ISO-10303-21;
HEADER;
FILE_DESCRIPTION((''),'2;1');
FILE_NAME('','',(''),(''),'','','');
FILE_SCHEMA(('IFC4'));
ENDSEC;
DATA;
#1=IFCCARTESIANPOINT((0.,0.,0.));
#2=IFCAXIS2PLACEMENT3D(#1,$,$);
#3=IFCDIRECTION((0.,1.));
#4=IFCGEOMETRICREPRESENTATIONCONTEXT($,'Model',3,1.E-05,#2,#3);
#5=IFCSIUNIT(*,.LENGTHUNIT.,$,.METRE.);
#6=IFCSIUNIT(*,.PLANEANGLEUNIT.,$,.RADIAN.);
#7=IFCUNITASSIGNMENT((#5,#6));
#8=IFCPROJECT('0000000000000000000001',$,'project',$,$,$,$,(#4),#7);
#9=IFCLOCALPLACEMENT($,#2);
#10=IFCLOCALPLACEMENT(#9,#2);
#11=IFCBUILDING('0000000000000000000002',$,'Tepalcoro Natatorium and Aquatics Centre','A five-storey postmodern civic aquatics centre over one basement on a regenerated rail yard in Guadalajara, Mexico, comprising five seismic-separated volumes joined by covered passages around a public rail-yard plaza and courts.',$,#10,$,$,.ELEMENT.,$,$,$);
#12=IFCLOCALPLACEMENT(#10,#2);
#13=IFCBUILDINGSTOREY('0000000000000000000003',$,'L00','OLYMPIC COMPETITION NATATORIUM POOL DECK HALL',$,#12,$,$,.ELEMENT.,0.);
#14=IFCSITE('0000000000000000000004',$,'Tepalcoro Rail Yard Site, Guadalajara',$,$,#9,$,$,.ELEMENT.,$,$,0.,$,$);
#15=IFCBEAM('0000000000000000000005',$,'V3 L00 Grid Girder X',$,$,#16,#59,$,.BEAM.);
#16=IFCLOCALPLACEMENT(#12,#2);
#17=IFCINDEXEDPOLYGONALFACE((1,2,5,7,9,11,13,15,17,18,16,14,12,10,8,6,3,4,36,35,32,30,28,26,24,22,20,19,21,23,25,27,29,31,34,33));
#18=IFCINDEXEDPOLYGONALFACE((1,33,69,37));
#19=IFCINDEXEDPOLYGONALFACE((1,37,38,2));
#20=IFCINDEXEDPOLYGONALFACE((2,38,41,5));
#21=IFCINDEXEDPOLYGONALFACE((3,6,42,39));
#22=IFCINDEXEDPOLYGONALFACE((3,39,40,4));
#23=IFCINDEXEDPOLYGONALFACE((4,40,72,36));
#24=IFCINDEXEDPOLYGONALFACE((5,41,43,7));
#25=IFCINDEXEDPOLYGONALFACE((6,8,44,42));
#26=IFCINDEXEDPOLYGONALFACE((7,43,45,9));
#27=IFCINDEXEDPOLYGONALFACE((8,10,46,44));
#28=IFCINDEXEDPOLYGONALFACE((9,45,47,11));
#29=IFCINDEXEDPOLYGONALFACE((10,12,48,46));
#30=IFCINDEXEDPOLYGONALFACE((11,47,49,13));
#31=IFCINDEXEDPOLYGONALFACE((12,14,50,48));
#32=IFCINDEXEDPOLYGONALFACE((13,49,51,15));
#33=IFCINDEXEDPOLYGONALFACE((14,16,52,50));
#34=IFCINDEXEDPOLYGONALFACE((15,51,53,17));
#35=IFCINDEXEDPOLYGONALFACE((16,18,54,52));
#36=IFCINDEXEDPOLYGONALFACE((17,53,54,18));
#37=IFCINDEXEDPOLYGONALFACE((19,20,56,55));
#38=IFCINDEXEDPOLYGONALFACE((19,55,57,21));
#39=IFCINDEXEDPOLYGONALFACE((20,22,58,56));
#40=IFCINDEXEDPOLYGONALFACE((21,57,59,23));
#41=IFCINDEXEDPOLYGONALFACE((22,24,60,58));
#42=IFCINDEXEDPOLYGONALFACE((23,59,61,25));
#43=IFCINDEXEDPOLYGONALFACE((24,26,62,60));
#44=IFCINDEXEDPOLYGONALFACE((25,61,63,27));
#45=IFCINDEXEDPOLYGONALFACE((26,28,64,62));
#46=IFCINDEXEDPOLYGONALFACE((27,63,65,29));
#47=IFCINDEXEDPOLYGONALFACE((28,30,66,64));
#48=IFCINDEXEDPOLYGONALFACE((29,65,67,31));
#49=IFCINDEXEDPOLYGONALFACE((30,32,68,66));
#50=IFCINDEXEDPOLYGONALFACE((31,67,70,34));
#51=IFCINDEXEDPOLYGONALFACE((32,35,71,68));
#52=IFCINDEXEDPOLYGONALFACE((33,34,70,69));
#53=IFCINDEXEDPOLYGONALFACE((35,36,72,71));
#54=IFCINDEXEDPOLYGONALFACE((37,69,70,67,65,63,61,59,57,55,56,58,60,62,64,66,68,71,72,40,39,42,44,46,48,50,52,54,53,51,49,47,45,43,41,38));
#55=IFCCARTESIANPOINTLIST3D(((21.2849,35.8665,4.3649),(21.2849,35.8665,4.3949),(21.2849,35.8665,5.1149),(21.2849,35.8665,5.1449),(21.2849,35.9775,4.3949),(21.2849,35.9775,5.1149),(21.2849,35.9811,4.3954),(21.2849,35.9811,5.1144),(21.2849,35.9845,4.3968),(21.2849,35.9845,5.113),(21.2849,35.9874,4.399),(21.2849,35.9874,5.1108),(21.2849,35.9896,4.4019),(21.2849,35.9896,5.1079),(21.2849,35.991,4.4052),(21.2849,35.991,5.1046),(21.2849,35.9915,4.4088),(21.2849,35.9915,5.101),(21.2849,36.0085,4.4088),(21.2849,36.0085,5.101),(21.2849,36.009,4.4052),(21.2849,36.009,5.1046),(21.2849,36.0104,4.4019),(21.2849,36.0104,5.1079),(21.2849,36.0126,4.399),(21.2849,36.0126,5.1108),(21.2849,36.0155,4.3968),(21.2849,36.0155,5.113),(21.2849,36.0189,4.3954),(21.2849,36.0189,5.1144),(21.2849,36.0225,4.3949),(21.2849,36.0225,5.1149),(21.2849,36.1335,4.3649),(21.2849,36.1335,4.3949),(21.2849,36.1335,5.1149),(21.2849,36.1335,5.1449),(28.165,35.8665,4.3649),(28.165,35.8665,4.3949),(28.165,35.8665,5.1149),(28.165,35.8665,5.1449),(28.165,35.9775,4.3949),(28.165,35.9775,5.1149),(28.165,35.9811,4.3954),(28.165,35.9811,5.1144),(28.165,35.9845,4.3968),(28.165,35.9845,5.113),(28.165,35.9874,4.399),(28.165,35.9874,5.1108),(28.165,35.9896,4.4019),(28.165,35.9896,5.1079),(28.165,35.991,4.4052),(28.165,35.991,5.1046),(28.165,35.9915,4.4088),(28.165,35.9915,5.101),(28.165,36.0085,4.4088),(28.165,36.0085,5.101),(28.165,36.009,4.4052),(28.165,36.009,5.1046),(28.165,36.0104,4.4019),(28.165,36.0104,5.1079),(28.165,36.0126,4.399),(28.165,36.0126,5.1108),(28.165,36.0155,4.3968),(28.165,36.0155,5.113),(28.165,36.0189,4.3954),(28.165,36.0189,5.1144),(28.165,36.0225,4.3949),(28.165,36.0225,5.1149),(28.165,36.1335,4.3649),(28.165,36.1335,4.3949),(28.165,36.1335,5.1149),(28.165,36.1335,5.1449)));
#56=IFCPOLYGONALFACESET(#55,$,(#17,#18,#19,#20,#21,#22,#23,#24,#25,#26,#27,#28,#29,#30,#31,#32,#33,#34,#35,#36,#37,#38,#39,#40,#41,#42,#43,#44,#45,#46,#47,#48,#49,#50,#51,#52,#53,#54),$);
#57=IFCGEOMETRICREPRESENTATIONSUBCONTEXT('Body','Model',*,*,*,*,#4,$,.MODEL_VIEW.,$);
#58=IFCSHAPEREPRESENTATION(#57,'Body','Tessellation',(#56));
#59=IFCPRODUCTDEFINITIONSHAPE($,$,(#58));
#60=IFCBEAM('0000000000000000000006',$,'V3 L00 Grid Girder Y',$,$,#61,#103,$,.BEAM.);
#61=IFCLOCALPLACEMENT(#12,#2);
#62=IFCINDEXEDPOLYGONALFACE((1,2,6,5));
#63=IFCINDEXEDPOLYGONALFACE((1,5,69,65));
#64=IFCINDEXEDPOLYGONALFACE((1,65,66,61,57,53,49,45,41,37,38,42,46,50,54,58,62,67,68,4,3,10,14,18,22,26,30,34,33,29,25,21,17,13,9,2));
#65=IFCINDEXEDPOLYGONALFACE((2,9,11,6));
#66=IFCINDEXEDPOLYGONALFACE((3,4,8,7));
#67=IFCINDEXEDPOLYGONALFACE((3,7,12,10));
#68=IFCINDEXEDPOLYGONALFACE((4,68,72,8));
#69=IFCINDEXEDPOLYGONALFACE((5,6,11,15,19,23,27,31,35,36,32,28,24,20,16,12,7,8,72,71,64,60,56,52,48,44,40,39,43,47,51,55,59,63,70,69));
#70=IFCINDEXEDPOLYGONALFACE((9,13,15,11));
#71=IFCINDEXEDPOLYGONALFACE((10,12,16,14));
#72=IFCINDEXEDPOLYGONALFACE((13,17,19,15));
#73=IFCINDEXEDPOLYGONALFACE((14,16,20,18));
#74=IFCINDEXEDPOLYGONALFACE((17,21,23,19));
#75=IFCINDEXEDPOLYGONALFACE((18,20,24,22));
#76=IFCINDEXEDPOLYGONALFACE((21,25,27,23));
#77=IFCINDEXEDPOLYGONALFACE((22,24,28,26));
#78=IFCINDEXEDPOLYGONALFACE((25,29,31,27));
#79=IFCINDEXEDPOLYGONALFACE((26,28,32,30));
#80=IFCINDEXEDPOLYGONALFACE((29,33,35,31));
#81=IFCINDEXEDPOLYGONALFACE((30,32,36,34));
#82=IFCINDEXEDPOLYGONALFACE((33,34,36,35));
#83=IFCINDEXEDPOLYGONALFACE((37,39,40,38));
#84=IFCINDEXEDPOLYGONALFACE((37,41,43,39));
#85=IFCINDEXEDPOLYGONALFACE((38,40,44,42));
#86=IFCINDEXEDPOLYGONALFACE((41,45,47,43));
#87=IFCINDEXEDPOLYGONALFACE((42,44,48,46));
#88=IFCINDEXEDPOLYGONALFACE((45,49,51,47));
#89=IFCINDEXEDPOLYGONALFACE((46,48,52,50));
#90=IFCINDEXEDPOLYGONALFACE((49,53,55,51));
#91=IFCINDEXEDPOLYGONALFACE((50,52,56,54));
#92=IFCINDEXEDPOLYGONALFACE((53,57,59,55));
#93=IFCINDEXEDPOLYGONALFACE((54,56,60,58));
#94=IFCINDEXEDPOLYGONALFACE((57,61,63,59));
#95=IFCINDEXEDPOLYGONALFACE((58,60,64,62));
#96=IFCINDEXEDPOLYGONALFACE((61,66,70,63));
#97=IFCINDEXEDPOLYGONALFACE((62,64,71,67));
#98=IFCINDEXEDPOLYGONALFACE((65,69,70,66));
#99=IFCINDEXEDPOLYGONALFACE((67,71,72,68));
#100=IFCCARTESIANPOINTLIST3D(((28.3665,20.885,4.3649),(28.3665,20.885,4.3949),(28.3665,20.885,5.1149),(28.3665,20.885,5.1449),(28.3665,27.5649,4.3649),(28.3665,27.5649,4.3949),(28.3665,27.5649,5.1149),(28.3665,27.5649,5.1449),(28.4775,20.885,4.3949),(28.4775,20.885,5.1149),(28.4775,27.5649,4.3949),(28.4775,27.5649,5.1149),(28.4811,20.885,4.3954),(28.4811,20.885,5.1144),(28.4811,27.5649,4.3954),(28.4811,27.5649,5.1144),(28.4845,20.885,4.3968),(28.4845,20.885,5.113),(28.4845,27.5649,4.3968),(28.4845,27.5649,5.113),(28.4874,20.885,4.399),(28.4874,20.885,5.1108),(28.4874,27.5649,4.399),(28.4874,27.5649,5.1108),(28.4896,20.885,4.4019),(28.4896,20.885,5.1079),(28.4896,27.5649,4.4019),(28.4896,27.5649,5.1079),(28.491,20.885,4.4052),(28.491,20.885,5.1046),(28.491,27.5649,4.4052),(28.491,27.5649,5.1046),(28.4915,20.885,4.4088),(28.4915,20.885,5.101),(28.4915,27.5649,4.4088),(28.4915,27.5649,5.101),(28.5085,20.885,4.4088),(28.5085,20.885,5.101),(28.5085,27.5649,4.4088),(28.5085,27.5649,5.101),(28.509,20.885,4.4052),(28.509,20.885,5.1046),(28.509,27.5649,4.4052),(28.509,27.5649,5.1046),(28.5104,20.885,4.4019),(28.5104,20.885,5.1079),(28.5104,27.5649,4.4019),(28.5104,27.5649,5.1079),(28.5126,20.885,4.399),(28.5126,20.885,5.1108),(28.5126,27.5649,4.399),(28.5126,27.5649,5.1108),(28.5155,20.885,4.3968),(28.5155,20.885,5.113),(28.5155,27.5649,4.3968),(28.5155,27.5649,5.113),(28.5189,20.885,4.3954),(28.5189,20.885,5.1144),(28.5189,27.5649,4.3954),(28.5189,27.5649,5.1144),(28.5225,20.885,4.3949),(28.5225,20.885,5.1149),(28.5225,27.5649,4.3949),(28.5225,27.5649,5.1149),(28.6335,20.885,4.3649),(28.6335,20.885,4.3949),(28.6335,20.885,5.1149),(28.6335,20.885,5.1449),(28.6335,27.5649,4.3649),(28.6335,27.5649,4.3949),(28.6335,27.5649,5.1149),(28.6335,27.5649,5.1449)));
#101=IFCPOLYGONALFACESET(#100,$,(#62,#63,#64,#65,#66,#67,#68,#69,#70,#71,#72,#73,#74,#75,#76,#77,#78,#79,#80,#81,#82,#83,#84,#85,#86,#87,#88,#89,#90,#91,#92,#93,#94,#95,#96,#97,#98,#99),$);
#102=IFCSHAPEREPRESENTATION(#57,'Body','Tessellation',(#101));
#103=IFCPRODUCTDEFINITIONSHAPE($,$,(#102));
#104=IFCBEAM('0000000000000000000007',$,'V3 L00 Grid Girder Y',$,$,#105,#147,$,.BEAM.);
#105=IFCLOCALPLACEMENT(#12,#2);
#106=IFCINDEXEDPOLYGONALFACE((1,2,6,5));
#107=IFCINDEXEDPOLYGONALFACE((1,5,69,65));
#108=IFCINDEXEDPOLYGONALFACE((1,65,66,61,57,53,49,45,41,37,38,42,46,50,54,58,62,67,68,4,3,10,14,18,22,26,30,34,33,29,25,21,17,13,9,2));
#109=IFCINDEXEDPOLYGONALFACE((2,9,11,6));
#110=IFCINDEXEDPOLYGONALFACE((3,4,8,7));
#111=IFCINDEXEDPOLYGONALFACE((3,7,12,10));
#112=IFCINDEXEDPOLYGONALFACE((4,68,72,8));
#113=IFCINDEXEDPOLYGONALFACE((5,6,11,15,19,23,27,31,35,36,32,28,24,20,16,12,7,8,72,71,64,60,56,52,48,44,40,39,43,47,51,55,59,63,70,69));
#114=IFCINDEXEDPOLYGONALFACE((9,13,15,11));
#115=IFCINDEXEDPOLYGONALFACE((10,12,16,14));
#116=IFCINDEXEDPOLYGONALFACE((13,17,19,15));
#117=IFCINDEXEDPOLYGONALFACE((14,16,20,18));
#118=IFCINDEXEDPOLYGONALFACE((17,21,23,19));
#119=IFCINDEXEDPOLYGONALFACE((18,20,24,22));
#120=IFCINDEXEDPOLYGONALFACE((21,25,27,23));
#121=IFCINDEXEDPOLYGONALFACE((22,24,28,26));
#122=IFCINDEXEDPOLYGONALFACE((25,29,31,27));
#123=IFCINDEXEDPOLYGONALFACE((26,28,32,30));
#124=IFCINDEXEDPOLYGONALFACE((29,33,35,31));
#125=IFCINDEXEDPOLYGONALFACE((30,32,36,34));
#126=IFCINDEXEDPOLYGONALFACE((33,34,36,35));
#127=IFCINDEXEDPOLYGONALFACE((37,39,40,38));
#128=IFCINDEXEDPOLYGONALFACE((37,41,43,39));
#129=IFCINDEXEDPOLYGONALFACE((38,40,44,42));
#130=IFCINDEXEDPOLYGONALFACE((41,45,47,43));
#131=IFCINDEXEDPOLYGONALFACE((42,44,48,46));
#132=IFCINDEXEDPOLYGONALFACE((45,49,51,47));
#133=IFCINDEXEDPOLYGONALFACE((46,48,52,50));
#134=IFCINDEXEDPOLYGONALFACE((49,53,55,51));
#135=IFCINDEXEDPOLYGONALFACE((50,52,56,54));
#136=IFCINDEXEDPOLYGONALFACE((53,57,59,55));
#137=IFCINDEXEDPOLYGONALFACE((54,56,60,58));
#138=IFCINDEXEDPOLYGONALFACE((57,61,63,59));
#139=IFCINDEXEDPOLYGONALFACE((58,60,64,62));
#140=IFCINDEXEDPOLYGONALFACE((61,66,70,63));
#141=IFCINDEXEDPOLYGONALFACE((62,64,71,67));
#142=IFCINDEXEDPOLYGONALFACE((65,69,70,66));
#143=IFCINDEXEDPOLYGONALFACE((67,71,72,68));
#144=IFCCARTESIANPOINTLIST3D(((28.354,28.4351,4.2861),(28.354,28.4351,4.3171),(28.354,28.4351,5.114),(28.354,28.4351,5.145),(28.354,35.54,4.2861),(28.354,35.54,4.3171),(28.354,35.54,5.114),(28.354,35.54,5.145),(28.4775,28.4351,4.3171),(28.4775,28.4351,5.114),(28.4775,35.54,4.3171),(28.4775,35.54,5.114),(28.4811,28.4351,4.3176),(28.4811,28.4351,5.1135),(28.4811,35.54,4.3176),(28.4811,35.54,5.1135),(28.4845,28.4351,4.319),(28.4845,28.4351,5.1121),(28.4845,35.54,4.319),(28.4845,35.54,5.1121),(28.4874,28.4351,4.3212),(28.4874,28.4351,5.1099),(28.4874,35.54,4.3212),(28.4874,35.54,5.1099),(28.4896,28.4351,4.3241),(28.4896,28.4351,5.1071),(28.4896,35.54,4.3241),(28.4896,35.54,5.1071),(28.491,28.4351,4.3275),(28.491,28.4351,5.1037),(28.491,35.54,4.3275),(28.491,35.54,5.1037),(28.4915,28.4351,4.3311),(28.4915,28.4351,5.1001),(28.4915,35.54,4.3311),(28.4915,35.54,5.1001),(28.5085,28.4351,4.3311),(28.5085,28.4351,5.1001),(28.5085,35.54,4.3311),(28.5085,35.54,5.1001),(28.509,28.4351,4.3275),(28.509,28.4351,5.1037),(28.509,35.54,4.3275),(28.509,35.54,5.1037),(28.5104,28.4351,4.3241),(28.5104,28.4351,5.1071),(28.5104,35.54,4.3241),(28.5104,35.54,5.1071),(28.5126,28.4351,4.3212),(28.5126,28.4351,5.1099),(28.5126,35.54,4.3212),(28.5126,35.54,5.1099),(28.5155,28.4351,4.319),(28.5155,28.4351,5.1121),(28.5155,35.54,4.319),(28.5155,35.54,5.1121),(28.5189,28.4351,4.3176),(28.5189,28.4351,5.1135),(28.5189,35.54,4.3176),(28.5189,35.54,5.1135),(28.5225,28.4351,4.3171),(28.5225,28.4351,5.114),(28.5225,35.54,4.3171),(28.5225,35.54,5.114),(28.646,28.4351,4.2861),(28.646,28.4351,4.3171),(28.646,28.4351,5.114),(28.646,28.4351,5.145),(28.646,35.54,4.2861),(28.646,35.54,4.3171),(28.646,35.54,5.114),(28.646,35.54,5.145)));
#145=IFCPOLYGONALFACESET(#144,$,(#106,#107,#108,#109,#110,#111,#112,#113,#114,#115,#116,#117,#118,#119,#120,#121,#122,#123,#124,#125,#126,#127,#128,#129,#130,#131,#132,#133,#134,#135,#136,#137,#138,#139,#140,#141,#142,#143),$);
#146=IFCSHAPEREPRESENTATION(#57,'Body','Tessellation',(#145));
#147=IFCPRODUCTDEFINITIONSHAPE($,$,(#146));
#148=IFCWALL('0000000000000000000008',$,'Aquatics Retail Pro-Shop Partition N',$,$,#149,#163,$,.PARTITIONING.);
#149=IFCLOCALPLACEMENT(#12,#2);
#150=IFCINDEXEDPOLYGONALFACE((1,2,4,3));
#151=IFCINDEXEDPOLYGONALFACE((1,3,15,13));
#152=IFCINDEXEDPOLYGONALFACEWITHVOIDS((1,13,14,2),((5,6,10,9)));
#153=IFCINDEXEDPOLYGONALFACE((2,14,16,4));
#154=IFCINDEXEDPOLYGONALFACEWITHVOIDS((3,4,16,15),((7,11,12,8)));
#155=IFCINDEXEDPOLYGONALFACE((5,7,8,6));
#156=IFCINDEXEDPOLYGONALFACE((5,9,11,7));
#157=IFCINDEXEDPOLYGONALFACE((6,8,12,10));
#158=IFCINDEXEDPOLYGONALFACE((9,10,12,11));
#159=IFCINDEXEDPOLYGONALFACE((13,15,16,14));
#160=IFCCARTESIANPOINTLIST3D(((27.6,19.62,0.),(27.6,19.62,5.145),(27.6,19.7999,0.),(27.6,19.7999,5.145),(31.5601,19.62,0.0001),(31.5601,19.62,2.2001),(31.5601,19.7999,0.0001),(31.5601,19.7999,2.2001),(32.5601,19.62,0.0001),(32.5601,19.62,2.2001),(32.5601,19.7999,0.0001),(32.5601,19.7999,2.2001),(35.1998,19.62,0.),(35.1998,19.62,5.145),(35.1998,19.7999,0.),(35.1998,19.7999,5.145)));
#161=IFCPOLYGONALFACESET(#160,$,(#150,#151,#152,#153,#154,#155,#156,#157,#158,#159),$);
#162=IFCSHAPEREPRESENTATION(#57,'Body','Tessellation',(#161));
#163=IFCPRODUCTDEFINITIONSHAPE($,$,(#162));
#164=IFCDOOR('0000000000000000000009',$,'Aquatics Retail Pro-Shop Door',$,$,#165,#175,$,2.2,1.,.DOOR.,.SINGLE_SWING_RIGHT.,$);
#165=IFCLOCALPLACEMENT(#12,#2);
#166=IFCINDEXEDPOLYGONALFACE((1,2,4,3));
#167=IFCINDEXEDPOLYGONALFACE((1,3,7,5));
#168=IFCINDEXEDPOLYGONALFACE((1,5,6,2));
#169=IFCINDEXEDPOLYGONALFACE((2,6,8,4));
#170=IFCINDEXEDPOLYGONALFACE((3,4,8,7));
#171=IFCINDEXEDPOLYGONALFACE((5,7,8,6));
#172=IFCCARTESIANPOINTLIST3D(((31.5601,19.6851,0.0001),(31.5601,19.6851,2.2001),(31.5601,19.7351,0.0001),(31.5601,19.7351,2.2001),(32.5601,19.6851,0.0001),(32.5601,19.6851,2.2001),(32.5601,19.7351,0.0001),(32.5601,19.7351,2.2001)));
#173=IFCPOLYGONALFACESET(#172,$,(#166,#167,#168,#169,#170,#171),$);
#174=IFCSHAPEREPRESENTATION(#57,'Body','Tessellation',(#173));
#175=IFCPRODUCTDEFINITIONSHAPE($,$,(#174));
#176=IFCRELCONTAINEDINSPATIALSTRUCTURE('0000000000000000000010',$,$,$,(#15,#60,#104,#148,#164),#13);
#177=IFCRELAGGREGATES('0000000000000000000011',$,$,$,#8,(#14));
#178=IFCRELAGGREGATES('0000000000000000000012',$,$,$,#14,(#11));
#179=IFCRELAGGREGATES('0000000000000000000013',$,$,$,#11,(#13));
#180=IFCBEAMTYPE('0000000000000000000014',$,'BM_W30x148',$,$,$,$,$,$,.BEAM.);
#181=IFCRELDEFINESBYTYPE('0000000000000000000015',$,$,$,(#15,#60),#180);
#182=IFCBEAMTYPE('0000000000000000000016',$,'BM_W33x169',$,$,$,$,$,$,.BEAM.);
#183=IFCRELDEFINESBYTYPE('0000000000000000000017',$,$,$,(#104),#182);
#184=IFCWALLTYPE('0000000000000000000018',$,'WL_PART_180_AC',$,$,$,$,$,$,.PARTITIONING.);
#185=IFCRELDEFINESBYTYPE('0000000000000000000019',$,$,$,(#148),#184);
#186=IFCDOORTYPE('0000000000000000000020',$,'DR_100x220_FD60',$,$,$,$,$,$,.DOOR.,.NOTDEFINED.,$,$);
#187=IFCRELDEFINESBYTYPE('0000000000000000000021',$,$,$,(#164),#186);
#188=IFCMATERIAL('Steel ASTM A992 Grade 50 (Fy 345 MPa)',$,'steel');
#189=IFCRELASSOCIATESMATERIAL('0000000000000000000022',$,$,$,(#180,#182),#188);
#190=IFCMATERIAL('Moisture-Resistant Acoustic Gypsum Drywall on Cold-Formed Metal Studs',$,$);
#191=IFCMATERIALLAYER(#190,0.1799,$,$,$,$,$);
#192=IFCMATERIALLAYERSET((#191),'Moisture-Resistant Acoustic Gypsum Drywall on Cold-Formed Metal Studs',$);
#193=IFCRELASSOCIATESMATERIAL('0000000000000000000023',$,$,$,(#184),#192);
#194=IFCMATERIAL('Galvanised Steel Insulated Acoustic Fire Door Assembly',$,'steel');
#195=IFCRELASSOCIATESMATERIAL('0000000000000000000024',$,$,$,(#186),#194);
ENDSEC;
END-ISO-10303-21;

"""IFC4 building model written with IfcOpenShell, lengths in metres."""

from ifc_helpers import new_model, si_unit, direction, frame, frame_2d, origin, origin_2d, place, context, subcontext, project, spatial, rectangle, i_section, extrude, material, layer, layer_set, material_profile, profile_set, type_object, element, fill, save


model = new_model("IFC4")

# Units and contexts
model_context = context("Model", 3, precision=1e-05, world=origin(), true_north=direction((0.0, 1.0)))
body_context = subcontext(model_context, "Body", "Model", "MODEL_VIEW")
ifc_project = project(units=[si_unit("LENGTHUNIT", "METRE"), si_unit("PLANEANGLEUNIT", "RADIAN")], contexts=[model_context])

# Site, building, storey
site_placement = place(None, origin())
site = spatial("IfcSite", under=ifc_project, at=site_placement, Name="Tepalcoro Rail Yard Site, Guadalajara", CompositionType="ELEMENT", RefElevation=0.0)
building_placement = place(site_placement, origin())
building = spatial("IfcBuilding", under=site, at=building_placement, Name="Tepalcoro Natatorium and Aquatics Centre", Description="A five-storey postmodern civic aquatics centre over one basement on a regenerated rail yard in Guadalajara, Mexico, comprising five seismic-separated volumes joined by covered passages around a public rail-yard plaza and courts.", CompositionType="ELEMENT")
storey_placement = place(building_placement, origin())
storey = spatial("IfcBuildingStorey", under=building, at=storey_placement, Name="L00", Description="OLYMPIC COMPETITION NATATORIUM POOL DECK HALL", CompositionType="ELEMENT", Elevation=0.0)

# Beams
ifc_material_1 = material(Name="Steel ASTM A992 Grade 50 (Fy 345 MPa)", Category="steel")
ifc_material_profile_1 = material_profile(ifc_material_1, i_section(OverallWidth=0.2671, OverallDepth=0.78, WebThickness=0.0171, FlangeThickness=0.03, FilletRadius=0.0139, at=origin_2d()), Name="W30X148")
ifc_profile_set_1 = profile_set([ifc_material_profile_1], Name="Steel ASTM A992 Grade 50 (Fy 345 MPa)")
beam_type_1 = type_object("IfcBeamType", Name="BM_W30x148", PredefinedType="BEAM", material=ifc_profile_set_1)
beam_1_placement = place(storey_placement, frame((21.2849, 36.0, 4.7549), z_axis=(1.0, 0.0, 0.0), x_axis=(0.0, 1.0, 0.0)))
element("IfcBeam", 1, at=beam_1_placement, inside=storey, type_object=beam_type_1, Name="V3 L00 Grid Girder X", PredefinedType="BEAM", context=body_context, shape_type="SweptSolid", body=[
    extrude(i_section(OverallWidth=0.2671, OverallDepth=0.78, WebThickness=0.0171, FlangeThickness=0.03, FilletRadius=0.0139, at=origin_2d()), origin(), (0.0, 0.0, 1.0), 6.8801),
])
beam_2_placement = place(storey_placement, frame((28.5, 20.885, 4.7549), z_axis=(0.0, 1.0, 0.0), x_axis=(-1.0, 0.0, 0.0)))
element("IfcBeam", 2, at=beam_2_placement, inside=storey, type_object=beam_type_1, Name="V3 L00 Grid Girder Y", PredefinedType="BEAM", context=body_context, shape_type="SweptSolid", body=[
    extrude(i_section(OverallWidth=0.2671, OverallDepth=0.78, WebThickness=0.0171, FlangeThickness=0.03, FilletRadius=0.0139, at=origin_2d()), origin(), (0.0, 0.0, 1.0), 6.6799),
])
ifc_material_profile_2 = material_profile(ifc_material_1, i_section(OverallWidth=0.292, OverallDepth=0.8589, WebThickness=0.0171, FlangeThickness=0.031, FilletRadius=0.0139, at=origin_2d()), Name="W33X169")
ifc_profile_set_2 = profile_set([ifc_material_profile_2], Name="Steel ASTM A992 Grade 50 (Fy 345 MPa)")
beam_type_2 = type_object("IfcBeamType", Name="BM_W33x169", PredefinedType="BEAM", material=ifc_profile_set_2)
beam_3_placement = place(storey_placement, frame((28.5, 28.4351, 4.7156), z_axis=(0.0, 1.0, 0.0), x_axis=(-1.0, 0.0, 0.0)))
element("IfcBeam", 3, at=beam_3_placement, inside=storey, type_object=beam_type_2, Name="V3 L00 Grid Girder Y", PredefinedType="BEAM", context=body_context, shape_type="SweptSolid", body=[
    extrude(i_section(OverallWidth=0.292, OverallDepth=0.8589, WebThickness=0.0171, FlangeThickness=0.031, FilletRadius=0.0139, at=origin_2d()), origin(), (0.0, 0.0, 1.0), 7.105),
])

# Wall, opening, door
ifc_material_2 = material(Name="Moisture-Resistant Acoustic Gypsum Drywall on Cold-Formed Metal Studs")
ifc_layer_1 = layer(ifc_material_2, 0.1799)
ifc_layer_set_1 = layer_set([ifc_layer_1], Name="Moisture-Resistant Acoustic Gypsum Drywall on Cold-Formed Metal Studs")
wall_type = type_object("IfcWallType", Name="WL_PART_180_AC", PredefinedType="PARTITIONING", material=ifc_layer_set_1)
wall_placement = place(storey_placement, frame((27.6001, 19.71, 0.0), z_axis=(0.0, 0.0, 1.0), x_axis=(1.0, 0.0, 0.0)))
wall = element("IfcWall", 4, at=wall_placement, inside=storey, type_object=wall_type, Name="Aquatics Retail Pro-Shop Partition N", PredefinedType="PARTITIONING", context=body_context, shape_type="SweptSolid", body=[
    extrude(rectangle(XDim=7.5999, YDim=0.1799, at=frame_2d((3.7998, 0.0))), origin(), (0.0, 0.0, 1.0), 5.145),
])
opening_placement = place(wall_placement, frame((3.96, 0.0, 0.0)))
opening = element("IfcOpeningElement", 5, at=opening_placement, cuts=wall, PredefinedType="OPENING", context=body_context, shape_type="SweptSolid", body=[
    extrude(rectangle(XDim=1.0, YDim=2.2, at=frame_2d((0.5, 1.1001))), frame((0.0, 0.1021, 0.0), z_axis=(0.0, -1.0, 0.0), x_axis=(1.0, 0.0, 0.0)), (0.0, 0.0, 1.0), 0.2039),
])
ifc_material_3 = material(Name="Galvanised Steel Insulated Acoustic Fire Door Assembly", Category="steel")
door_type = type_object("IfcDoorType", Name="DR_100x220_FD60", OperationType="NOTDEFINED", PredefinedType="DOOR", material=ifc_material_3)
door_placement = place(opening_placement, frame((1.0, 0.0, 0.0), z_axis=(0.0, 0.0, 1.0), x_axis=(-1.0, 0.0, 0.0)))
door = element("IfcDoor", 6, at=door_placement, inside=storey, type_object=door_type, Name="Aquatics Retail Pro-Shop Door", OperationType="SINGLE_SWING_RIGHT", OverallHeight=2.2, OverallWidth=1.0, PredefinedType="DOOR", context=body_context, shape_type="SweptSolid", body=[
    extrude(rectangle(XDim=1.0, YDim=2.2, at=frame_2d((0.5, 1.1001))), frame((0.0, 0.0249, 0.0), z_axis=(0.0, -1.0, 0.0), x_axis=(1.0, 0.0, 0.0)), (0.0, 0.0, 1.0), 0.05),
])
fill(opening, door)

save(model, "model.ifc")
